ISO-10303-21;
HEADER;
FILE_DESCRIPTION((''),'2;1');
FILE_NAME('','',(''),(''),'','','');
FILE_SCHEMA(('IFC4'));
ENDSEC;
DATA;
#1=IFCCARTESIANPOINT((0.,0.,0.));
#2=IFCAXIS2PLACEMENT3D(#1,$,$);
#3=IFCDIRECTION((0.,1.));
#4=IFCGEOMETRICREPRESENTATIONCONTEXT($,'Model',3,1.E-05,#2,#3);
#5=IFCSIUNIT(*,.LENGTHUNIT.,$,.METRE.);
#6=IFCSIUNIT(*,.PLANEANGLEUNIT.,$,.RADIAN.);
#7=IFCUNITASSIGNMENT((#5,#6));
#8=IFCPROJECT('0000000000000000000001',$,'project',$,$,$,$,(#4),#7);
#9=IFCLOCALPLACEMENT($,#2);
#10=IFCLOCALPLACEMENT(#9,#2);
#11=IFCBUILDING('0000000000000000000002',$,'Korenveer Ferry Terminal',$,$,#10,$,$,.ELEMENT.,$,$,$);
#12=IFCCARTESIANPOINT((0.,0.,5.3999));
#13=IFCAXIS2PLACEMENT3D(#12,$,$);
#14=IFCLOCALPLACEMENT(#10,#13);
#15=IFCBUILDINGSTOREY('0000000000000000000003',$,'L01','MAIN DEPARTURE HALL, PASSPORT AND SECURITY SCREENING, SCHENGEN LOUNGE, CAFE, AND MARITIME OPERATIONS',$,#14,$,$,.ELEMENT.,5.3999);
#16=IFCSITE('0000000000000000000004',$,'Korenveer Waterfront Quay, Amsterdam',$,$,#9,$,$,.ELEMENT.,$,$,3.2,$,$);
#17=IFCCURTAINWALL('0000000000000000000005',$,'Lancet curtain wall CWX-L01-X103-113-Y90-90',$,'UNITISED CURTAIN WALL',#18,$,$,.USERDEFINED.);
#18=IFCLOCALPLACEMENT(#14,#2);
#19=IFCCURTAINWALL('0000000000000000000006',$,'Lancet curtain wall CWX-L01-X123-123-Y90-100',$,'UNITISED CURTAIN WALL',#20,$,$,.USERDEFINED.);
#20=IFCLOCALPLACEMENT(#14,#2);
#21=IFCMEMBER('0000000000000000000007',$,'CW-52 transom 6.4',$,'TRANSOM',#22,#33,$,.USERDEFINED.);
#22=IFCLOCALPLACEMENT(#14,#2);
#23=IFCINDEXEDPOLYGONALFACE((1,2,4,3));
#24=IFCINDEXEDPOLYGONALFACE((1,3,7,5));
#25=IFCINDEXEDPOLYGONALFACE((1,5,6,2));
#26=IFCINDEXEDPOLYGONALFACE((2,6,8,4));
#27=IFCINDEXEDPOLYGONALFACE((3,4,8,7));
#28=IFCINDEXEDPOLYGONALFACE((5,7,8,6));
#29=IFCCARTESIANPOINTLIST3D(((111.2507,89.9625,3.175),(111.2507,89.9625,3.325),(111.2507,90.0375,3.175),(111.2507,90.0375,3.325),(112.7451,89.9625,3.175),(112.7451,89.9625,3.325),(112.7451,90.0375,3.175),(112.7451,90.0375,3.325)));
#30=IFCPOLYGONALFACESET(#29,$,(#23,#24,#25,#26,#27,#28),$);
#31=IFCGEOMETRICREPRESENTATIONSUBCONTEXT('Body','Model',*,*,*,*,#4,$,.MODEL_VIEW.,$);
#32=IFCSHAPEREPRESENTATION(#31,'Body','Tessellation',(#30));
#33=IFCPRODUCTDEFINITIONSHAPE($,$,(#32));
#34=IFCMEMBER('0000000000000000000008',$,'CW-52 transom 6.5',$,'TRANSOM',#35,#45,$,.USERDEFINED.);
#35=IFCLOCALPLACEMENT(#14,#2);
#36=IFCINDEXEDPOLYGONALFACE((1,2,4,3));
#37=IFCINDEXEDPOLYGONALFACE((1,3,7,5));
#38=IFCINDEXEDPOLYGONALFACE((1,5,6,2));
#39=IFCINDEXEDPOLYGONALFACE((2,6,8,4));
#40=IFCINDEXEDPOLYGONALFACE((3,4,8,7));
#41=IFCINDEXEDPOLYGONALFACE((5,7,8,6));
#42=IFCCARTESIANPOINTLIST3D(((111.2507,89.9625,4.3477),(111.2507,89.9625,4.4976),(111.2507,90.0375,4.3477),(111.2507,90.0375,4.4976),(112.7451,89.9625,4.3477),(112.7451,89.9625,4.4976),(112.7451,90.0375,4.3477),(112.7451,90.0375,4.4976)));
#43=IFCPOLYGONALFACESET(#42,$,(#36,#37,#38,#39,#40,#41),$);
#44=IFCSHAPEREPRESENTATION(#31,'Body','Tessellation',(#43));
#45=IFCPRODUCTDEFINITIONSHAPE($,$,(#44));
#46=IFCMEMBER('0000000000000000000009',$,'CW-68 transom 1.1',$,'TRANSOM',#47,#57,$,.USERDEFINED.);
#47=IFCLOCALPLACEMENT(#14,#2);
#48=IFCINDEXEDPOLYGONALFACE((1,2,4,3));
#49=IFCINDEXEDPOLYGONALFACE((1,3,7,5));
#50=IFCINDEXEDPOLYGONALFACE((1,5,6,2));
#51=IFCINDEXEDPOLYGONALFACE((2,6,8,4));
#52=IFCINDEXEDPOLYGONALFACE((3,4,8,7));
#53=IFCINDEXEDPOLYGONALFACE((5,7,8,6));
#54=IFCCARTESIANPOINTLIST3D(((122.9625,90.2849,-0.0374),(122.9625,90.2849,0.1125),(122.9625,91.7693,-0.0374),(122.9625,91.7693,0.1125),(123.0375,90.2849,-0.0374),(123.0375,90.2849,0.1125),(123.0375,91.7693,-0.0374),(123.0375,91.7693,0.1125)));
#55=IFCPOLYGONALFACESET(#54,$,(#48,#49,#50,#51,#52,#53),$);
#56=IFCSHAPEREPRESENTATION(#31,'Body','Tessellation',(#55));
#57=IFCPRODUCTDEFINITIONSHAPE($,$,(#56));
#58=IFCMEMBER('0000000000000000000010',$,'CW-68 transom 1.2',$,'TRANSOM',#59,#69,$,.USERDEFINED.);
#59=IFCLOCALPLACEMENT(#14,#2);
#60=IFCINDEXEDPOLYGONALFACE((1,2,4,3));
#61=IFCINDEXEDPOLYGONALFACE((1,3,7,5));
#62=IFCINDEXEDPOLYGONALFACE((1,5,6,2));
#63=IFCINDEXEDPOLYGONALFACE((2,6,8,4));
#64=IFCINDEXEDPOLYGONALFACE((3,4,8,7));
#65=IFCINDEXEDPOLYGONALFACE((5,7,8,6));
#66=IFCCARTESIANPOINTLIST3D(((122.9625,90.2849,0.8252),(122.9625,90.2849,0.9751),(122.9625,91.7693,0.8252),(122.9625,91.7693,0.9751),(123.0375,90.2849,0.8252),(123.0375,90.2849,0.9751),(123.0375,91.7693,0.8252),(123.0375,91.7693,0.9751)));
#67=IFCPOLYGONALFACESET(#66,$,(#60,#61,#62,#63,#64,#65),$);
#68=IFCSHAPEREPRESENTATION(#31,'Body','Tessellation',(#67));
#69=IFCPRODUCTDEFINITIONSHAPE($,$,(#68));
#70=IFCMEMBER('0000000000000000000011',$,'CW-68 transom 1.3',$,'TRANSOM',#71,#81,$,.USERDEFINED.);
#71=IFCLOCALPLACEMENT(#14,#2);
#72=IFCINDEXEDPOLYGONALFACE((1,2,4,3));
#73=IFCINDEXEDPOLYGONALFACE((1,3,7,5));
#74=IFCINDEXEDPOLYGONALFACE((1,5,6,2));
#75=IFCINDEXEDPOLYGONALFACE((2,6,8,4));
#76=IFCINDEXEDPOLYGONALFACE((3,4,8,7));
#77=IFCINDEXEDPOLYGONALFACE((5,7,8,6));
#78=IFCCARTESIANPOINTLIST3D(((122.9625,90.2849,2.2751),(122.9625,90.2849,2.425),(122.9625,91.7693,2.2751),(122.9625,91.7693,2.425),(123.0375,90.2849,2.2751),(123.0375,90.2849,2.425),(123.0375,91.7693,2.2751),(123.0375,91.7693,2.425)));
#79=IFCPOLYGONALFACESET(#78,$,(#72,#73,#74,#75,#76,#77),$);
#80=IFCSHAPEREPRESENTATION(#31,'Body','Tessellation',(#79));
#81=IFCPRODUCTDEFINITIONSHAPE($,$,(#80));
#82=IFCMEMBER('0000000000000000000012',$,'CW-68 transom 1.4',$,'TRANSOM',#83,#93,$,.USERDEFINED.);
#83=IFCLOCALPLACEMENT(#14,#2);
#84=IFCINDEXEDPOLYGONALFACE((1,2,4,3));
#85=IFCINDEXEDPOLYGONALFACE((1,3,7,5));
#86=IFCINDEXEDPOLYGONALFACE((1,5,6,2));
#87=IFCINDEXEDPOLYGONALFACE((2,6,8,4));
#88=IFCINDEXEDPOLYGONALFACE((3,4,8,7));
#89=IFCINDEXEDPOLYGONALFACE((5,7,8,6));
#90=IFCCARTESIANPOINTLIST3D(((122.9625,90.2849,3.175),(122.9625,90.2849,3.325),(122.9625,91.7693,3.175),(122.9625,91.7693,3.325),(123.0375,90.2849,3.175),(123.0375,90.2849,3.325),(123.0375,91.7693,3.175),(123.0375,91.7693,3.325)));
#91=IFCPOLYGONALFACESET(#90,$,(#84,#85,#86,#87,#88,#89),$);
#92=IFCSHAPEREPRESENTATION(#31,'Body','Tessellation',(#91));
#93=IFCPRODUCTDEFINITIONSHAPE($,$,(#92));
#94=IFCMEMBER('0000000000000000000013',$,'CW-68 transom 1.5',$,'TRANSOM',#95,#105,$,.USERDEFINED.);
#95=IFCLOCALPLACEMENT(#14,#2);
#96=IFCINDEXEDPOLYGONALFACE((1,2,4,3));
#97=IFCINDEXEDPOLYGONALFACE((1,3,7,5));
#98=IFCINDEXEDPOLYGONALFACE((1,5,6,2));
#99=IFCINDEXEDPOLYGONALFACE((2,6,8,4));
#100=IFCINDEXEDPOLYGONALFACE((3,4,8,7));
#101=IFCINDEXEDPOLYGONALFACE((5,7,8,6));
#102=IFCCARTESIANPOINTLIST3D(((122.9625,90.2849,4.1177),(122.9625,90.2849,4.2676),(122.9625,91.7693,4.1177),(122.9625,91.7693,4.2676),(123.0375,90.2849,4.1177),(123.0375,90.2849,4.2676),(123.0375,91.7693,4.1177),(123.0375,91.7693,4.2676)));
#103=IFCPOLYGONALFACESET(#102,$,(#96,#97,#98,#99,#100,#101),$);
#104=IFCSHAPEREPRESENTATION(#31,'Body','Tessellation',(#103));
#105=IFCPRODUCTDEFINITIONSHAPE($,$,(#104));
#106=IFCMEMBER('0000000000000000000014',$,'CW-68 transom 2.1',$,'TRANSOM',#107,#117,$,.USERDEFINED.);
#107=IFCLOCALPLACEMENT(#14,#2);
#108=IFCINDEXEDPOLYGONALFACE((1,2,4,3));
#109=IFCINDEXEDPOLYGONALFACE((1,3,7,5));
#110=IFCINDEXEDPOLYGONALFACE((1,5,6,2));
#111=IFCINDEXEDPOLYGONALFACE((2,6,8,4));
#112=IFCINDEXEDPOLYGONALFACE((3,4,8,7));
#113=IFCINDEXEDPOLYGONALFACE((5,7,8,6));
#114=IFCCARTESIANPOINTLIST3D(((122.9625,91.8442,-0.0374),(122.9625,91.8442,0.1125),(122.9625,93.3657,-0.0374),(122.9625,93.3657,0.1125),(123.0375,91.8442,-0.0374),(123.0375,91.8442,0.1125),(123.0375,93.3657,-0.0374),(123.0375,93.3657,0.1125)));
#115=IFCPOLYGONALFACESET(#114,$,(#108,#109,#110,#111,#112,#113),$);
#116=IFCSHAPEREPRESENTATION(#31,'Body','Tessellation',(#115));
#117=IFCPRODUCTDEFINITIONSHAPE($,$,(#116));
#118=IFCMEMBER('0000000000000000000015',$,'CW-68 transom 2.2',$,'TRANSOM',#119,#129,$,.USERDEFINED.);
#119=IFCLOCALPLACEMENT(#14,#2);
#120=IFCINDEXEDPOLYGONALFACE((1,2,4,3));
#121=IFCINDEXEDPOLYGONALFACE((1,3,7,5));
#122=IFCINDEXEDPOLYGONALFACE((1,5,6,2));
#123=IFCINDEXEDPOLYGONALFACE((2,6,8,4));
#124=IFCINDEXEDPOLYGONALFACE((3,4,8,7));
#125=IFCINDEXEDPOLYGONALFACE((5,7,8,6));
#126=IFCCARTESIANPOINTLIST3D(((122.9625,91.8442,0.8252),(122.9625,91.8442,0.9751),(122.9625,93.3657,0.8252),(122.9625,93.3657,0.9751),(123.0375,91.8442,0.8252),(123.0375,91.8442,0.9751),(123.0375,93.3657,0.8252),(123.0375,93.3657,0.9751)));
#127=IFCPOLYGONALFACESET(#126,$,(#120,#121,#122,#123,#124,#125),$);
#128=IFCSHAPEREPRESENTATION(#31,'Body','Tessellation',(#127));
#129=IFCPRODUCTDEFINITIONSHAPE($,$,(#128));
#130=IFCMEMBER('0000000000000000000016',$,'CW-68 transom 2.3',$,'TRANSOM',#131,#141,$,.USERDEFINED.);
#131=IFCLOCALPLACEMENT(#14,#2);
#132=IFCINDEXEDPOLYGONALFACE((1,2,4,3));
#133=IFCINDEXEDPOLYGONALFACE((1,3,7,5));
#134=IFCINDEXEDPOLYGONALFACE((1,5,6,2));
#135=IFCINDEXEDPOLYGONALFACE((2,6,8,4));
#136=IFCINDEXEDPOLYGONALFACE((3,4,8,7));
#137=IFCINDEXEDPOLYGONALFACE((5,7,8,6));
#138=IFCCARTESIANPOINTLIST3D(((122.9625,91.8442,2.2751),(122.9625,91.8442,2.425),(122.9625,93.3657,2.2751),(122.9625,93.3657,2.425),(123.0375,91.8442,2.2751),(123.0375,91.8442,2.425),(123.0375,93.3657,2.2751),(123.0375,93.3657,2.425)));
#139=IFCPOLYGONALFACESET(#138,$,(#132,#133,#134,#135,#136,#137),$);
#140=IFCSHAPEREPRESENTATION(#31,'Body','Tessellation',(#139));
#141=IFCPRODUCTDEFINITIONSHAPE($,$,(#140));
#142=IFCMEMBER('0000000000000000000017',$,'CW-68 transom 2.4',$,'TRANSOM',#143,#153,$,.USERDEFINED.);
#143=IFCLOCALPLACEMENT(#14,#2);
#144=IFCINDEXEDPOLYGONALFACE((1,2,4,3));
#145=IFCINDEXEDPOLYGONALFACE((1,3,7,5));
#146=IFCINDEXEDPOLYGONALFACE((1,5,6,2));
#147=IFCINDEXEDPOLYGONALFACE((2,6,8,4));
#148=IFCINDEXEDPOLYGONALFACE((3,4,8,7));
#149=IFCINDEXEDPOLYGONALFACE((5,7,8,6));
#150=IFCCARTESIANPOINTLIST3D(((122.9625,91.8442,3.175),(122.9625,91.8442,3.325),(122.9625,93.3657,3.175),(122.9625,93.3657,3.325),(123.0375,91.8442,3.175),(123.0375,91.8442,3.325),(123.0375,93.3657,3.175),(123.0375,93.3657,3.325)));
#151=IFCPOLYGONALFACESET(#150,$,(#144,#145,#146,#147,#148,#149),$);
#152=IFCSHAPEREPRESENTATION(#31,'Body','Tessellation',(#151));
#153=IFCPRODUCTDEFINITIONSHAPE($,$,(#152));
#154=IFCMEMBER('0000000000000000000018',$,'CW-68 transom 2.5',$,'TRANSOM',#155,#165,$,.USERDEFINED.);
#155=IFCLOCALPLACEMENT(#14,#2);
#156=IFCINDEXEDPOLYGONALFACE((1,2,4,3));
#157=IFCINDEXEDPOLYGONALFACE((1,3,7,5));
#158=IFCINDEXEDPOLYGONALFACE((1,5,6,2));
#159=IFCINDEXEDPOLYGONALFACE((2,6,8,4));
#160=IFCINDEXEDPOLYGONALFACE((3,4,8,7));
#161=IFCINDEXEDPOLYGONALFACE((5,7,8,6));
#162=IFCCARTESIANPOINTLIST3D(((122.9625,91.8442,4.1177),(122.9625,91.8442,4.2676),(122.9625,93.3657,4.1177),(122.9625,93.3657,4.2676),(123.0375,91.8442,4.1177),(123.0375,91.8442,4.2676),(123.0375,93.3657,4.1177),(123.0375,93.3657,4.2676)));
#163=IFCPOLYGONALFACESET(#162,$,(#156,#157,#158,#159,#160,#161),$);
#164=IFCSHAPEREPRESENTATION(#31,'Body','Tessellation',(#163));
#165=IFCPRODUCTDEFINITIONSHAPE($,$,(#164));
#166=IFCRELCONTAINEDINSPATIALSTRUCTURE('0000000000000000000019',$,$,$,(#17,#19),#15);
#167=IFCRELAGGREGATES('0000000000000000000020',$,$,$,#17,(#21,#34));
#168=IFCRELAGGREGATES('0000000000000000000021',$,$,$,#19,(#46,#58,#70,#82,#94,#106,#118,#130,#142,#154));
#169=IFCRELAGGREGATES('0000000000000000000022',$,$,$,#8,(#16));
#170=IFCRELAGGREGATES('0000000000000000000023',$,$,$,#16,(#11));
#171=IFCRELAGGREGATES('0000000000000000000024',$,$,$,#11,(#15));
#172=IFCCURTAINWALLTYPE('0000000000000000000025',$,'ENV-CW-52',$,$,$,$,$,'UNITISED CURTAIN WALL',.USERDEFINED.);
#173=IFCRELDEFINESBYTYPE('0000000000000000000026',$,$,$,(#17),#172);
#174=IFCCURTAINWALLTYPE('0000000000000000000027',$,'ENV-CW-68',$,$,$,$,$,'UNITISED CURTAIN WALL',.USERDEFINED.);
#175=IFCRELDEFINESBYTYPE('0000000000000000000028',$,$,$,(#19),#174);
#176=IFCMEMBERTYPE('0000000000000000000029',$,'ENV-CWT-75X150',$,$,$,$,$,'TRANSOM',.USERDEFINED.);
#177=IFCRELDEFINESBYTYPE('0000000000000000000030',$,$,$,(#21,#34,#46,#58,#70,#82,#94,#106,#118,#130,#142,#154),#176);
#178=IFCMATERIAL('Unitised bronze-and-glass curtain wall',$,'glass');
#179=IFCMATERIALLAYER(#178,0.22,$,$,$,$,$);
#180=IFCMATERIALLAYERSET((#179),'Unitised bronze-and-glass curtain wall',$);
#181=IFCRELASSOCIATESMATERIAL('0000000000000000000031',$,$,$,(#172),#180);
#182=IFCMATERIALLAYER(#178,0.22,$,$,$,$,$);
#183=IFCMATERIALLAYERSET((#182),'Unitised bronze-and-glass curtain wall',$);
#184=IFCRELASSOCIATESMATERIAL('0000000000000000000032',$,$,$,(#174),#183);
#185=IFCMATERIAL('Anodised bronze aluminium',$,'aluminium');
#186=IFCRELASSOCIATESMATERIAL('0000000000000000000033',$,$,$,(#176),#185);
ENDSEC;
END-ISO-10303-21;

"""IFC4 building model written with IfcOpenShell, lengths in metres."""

from ifc_helpers import new_model, si_unit, direction, frame, origin, origin_2d, place, context, subcontext, project, spatial, rectangle, extrude, material, layer, layer_set, material_profile, profile_set, type_object, element, aggregate, save


model = new_model("IFC4")

# Units and contexts
model_context = context("Model", 3, precision=1e-05, world=origin(), true_north=direction((0.0, 1.0)))
body_context = subcontext(model_context, "Body", "Model", "MODEL_VIEW")
ifc_project = project(units=[si_unit("LENGTHUNIT", "METRE"), si_unit("PLANEANGLEUNIT", "RADIAN")], contexts=[model_context])

# Site, building, storey
site_placement = place(None, origin())
site = spatial("IfcSite", under=ifc_project, at=site_placement, Name="Korenveer Waterfront Quay, Amsterdam", CompositionType="ELEMENT", RefElevation=3.2)
building_placement = place(site_placement, origin())
building = spatial("IfcBuilding", under=site, at=building_placement, Name="Korenveer Ferry Terminal", CompositionType="ELEMENT")
storey_placement = place(building_placement, frame((0.0, 0.0, 5.3999)))
storey = spatial("IfcBuildingStorey", under=building, at=storey_placement, Name="L01", Description="MAIN DEPARTURE HALL, PASSPORT AND SECURITY SCREENING, SCHENGEN LOUNGE, CAFE, AND MARITIME OPERATIONS", CompositionType="ELEMENT", Elevation=5.3999)

# Curtain wall
ifc_material_1 = material(Name="Unitised bronze-and-glass curtain wall", Category="glass")
ifc_layer_1 = layer(ifc_material_1, 0.22)
ifc_layer_set_1 = layer_set([ifc_layer_1], Name="Unitised bronze-and-glass curtain wall")
curtain_wall_type_1 = type_object("IfcCurtainWallType", Name="ENV-CW-52", ElementType="UNITISED CURTAIN WALL", PredefinedType="USERDEFINED", material=ifc_layer_set_1)
curtain_wall_1_placement = place(storey_placement, frame((103.1799, 90.0, 0.0)))
curtain_wall_1 = element("IfcCurtainWall", 1, at=curtain_wall_1_placement, inside=storey, type_object=curtain_wall_type_1, Name="Lancet curtain wall CWX-L01-X103-113-Y90-90", ObjectType="UNITISED CURTAIN WALL", PredefinedType="USERDEFINED")
ifc_material_2 = material(Name="Anodised bronze aluminium", Category="aluminium")

# Curtain wall
ifc_layer_2 = layer(ifc_material_1, 0.22)
ifc_layer_set_2 = layer_set([ifc_layer_2], Name="Unitised bronze-and-glass curtain wall")
curtain_wall_type_2 = type_object("IfcCurtainWallType", Name="ENV-CW-68", ElementType="UNITISED CURTAIN WALL", PredefinedType="USERDEFINED", material=ifc_layer_set_2)
curtain_wall_2_placement = place(storey_placement, frame((123.0, 90.21, 0.0)))
curtain_wall_2 = element("IfcCurtainWall", 2, at=curtain_wall_2_placement, inside=storey, type_object=curtain_wall_type_2, Name="Lancet curtain wall CWX-L01-X123-123-Y90-100", ObjectType="UNITISED CURTAIN WALL", PredefinedType="USERDEFINED")

# Members
ifc_material_profile_1 = material_profile(ifc_material_2, rectangle(XDim=0.075, YDim=0.1499, at=origin_2d()), Name="ALU 75x150")
ifc_profile_set_1 = profile_set([ifc_material_profile_1], Name="Anodised bronze aluminium")
member_type_1 = type_object("IfcMemberType", Name="ENV-CWT-75X150", ElementType="TRANSOM", PredefinedType="USERDEFINED", material=ifc_profile_set_1)
member_1_placement = place(storey_placement, frame((111.2507, 90.0, 3.25), z_axis=(1.0, 0.0, 0.0), x_axis=(0.0, 1.0, 0.0)))
member_1 = element("IfcMember", 3, at=member_1_placement, type_object=member_type_1, Name="CW-52 transom 6.4", ObjectType="TRANSOM", PredefinedType="USERDEFINED", context=body_context, shape_type="SweptSolid", body=[
    extrude(rectangle(XDim=0.075, YDim=0.1499, at=origin_2d()), origin(), (0.0, 0.0, 1.0), 1.4944),
])
member_2_placement = place(storey_placement, frame((111.2507, 90.0, 4.4226), z_axis=(1.0, 0.0, 0.0), x_axis=(0.0, 1.0, 0.0)))
member_2 = element("IfcMember", 4, at=member_2_placement, type_object=member_type_1, Name="CW-52 transom 6.5", ObjectType="TRANSOM", PredefinedType="USERDEFINED", context=body_context, shape_type="SweptSolid", body=[
    extrude(rectangle(XDim=0.075, YDim=0.1499, at=origin_2d()), origin(), (0.0, 0.0, 1.0), 1.4944),
])
member_3_placement = place(storey_placement, frame((123.0, 90.2849, 0.0376), z_axis=(0.0, 1.0, 0.0), x_axis=(-1.0, 0.0, 0.0)))
member_3 = element("IfcMember", 5, at=member_3_placement, type_object=member_type_1, Name="CW-68 transom 1.1", ObjectType="TRANSOM", PredefinedType="USERDEFINED", context=body_context, shape_type="SweptSolid", body=[
    extrude(rectangle(XDim=0.075, YDim=0.1499, at=origin_2d()), origin(), (0.0, 0.0, 1.0), 1.4844),
])
member_4_placement = place(storey_placement, frame((123.0, 90.2849, 0.9001), z_axis=(0.0, 1.0, 0.0), x_axis=(-1.0, 0.0, 0.0)))
member_4 = element("IfcMember", 6, at=member_4_placement, type_object=member_type_1, Name="CW-68 transom 1.2", ObjectType="TRANSOM", PredefinedType="USERDEFINED", context=body_context, shape_type="SweptSolid", body=[
    extrude(rectangle(XDim=0.075, YDim=0.1499, at=origin_2d()), origin(), (0.0, 0.0, 1.0), 1.4844),
])
member_5_placement = place(storey_placement, frame((123.0, 90.2849, 2.3501), z_axis=(0.0, 1.0, 0.0), x_axis=(-1.0, 0.0, 0.0)))
member_5 = element("IfcMember", 7, at=member_5_placement, type_object=member_type_1, Name="CW-68 transom 1.3", ObjectType="TRANSOM", PredefinedType="USERDEFINED", context=body_context, shape_type="SweptSolid", body=[
    extrude(rectangle(XDim=0.075, YDim=0.1499, at=origin_2d()), origin(), (0.0, 0.0, 1.0), 1.4844),
])
member_6_placement = place(storey_placement, frame((123.0, 90.2849, 3.25), z_axis=(0.0, 1.0, 0.0), x_axis=(-1.0, 0.0, 0.0)))
member_6 = element("IfcMember", 8, at=member_6_placement, type_object=member_type_1, Name="CW-68 transom 1.4", ObjectType="TRANSOM", PredefinedType="USERDEFINED", context=body_context, shape_type="SweptSolid", body=[
    extrude(rectangle(XDim=0.075, YDim=0.1499, at=origin_2d()), origin(), (0.0, 0.0, 1.0), 1.4844),
])
member_7_placement = place(storey_placement, frame((123.0, 90.2849, 4.1926), z_axis=(0.0, 1.0, 0.0), x_axis=(-1.0, 0.0, 0.0)))
member_7 = element("IfcMember", 9, at=member_7_placement, type_object=member_type_1, Name="CW-68 transom 1.5", ObjectType="TRANSOM", PredefinedType="USERDEFINED", context=body_context, shape_type="SweptSolid", body=[
    extrude(rectangle(XDim=0.075, YDim=0.1499, at=origin_2d()), origin(), (0.0, 0.0, 1.0), 1.4844),
])
member_8_placement = place(storey_placement, frame((123.0, 91.8442, 0.0376), z_axis=(0.0, 1.0, 0.0), x_axis=(-1.0, 0.0, 0.0)))
member_8 = element("IfcMember", 10, at=member_8_placement, type_object=member_type_1, Name="CW-68 transom 2.1", ObjectType="TRANSOM", PredefinedType="USERDEFINED", context=body_context, shape_type="SweptSolid", body=[
    extrude(rectangle(XDim=0.075, YDim=0.1499, at=origin_2d()), origin(), (0.0, 0.0, 1.0), 1.5215),
])
member_9_placement = place(storey_placement, frame((123.0, 91.8442, 0.9001), z_axis=(0.0, 1.0, 0.0), x_axis=(-1.0, 0.0, 0.0)))
member_9 = element("IfcMember", 11, at=member_9_placement, type_object=member_type_1, Name="CW-68 transom 2.2", ObjectType="TRANSOM", PredefinedType="USERDEFINED", context=body_context, shape_type="SweptSolid", body=[
    extrude(rectangle(XDim=0.075, YDim=0.1499, at=origin_2d()), origin(), (0.0, 0.0, 1.0), 1.5215),
])
member_10_placement = place(storey_placement, frame((123.0, 91.8442, 2.3501), z_axis=(0.0, 1.0, 0.0), x_axis=(-1.0, 0.0, 0.0)))
member_10 = element("IfcMember", 12, at=member_10_placement, type_object=member_type_1, Name="CW-68 transom 2.3", ObjectType="TRANSOM", PredefinedType="USERDEFINED", context=body_context, shape_type="SweptSolid", body=[
    extrude(rectangle(XDim=0.075, YDim=0.1499, at=origin_2d()), origin(), (0.0, 0.0, 1.0), 1.5215),
])
member_11_placement = place(storey_placement, frame((123.0, 91.8442, 3.25), z_axis=(0.0, 1.0, 0.0), x_axis=(-1.0, 0.0, 0.0)))
member_11 = element("IfcMember", 13, at=member_11_placement, type_object=member_type_1, Name="CW-68 transom 2.4", ObjectType="TRANSOM", PredefinedType="USERDEFINED", context=body_context, shape_type="SweptSolid", body=[
    extrude(rectangle(XDim=0.075, YDim=0.1499, at=origin_2d()), origin(), (0.0, 0.0, 1.0), 1.5215),
])
member_12_placement = place(storey_placement, frame((123.0, 91.8442, 4.1926), z_axis=(0.0, 1.0, 0.0), x_axis=(-1.0, 0.0, 0.0)))
member_12 = element("IfcMember", 14, at=member_12_placement, type_object=member_type_1, Name="CW-68 transom 2.5", ObjectType="TRANSOM", PredefinedType="USERDEFINED", context=body_context, shape_type="SweptSolid", body=[
    extrude(rectangle(XDim=0.075, YDim=0.1499, at=origin_2d()), origin(), (0.0, 0.0, 1.0), 1.5215),
])

aggregate(curtain_wall_1, [member_1, member_2])
aggregate(curtain_wall_2, [member_3, member_4, member_5, member_6, member_7, member_8, member_9, member_10, member_11, member_12])

save(model, "model.ifc")
